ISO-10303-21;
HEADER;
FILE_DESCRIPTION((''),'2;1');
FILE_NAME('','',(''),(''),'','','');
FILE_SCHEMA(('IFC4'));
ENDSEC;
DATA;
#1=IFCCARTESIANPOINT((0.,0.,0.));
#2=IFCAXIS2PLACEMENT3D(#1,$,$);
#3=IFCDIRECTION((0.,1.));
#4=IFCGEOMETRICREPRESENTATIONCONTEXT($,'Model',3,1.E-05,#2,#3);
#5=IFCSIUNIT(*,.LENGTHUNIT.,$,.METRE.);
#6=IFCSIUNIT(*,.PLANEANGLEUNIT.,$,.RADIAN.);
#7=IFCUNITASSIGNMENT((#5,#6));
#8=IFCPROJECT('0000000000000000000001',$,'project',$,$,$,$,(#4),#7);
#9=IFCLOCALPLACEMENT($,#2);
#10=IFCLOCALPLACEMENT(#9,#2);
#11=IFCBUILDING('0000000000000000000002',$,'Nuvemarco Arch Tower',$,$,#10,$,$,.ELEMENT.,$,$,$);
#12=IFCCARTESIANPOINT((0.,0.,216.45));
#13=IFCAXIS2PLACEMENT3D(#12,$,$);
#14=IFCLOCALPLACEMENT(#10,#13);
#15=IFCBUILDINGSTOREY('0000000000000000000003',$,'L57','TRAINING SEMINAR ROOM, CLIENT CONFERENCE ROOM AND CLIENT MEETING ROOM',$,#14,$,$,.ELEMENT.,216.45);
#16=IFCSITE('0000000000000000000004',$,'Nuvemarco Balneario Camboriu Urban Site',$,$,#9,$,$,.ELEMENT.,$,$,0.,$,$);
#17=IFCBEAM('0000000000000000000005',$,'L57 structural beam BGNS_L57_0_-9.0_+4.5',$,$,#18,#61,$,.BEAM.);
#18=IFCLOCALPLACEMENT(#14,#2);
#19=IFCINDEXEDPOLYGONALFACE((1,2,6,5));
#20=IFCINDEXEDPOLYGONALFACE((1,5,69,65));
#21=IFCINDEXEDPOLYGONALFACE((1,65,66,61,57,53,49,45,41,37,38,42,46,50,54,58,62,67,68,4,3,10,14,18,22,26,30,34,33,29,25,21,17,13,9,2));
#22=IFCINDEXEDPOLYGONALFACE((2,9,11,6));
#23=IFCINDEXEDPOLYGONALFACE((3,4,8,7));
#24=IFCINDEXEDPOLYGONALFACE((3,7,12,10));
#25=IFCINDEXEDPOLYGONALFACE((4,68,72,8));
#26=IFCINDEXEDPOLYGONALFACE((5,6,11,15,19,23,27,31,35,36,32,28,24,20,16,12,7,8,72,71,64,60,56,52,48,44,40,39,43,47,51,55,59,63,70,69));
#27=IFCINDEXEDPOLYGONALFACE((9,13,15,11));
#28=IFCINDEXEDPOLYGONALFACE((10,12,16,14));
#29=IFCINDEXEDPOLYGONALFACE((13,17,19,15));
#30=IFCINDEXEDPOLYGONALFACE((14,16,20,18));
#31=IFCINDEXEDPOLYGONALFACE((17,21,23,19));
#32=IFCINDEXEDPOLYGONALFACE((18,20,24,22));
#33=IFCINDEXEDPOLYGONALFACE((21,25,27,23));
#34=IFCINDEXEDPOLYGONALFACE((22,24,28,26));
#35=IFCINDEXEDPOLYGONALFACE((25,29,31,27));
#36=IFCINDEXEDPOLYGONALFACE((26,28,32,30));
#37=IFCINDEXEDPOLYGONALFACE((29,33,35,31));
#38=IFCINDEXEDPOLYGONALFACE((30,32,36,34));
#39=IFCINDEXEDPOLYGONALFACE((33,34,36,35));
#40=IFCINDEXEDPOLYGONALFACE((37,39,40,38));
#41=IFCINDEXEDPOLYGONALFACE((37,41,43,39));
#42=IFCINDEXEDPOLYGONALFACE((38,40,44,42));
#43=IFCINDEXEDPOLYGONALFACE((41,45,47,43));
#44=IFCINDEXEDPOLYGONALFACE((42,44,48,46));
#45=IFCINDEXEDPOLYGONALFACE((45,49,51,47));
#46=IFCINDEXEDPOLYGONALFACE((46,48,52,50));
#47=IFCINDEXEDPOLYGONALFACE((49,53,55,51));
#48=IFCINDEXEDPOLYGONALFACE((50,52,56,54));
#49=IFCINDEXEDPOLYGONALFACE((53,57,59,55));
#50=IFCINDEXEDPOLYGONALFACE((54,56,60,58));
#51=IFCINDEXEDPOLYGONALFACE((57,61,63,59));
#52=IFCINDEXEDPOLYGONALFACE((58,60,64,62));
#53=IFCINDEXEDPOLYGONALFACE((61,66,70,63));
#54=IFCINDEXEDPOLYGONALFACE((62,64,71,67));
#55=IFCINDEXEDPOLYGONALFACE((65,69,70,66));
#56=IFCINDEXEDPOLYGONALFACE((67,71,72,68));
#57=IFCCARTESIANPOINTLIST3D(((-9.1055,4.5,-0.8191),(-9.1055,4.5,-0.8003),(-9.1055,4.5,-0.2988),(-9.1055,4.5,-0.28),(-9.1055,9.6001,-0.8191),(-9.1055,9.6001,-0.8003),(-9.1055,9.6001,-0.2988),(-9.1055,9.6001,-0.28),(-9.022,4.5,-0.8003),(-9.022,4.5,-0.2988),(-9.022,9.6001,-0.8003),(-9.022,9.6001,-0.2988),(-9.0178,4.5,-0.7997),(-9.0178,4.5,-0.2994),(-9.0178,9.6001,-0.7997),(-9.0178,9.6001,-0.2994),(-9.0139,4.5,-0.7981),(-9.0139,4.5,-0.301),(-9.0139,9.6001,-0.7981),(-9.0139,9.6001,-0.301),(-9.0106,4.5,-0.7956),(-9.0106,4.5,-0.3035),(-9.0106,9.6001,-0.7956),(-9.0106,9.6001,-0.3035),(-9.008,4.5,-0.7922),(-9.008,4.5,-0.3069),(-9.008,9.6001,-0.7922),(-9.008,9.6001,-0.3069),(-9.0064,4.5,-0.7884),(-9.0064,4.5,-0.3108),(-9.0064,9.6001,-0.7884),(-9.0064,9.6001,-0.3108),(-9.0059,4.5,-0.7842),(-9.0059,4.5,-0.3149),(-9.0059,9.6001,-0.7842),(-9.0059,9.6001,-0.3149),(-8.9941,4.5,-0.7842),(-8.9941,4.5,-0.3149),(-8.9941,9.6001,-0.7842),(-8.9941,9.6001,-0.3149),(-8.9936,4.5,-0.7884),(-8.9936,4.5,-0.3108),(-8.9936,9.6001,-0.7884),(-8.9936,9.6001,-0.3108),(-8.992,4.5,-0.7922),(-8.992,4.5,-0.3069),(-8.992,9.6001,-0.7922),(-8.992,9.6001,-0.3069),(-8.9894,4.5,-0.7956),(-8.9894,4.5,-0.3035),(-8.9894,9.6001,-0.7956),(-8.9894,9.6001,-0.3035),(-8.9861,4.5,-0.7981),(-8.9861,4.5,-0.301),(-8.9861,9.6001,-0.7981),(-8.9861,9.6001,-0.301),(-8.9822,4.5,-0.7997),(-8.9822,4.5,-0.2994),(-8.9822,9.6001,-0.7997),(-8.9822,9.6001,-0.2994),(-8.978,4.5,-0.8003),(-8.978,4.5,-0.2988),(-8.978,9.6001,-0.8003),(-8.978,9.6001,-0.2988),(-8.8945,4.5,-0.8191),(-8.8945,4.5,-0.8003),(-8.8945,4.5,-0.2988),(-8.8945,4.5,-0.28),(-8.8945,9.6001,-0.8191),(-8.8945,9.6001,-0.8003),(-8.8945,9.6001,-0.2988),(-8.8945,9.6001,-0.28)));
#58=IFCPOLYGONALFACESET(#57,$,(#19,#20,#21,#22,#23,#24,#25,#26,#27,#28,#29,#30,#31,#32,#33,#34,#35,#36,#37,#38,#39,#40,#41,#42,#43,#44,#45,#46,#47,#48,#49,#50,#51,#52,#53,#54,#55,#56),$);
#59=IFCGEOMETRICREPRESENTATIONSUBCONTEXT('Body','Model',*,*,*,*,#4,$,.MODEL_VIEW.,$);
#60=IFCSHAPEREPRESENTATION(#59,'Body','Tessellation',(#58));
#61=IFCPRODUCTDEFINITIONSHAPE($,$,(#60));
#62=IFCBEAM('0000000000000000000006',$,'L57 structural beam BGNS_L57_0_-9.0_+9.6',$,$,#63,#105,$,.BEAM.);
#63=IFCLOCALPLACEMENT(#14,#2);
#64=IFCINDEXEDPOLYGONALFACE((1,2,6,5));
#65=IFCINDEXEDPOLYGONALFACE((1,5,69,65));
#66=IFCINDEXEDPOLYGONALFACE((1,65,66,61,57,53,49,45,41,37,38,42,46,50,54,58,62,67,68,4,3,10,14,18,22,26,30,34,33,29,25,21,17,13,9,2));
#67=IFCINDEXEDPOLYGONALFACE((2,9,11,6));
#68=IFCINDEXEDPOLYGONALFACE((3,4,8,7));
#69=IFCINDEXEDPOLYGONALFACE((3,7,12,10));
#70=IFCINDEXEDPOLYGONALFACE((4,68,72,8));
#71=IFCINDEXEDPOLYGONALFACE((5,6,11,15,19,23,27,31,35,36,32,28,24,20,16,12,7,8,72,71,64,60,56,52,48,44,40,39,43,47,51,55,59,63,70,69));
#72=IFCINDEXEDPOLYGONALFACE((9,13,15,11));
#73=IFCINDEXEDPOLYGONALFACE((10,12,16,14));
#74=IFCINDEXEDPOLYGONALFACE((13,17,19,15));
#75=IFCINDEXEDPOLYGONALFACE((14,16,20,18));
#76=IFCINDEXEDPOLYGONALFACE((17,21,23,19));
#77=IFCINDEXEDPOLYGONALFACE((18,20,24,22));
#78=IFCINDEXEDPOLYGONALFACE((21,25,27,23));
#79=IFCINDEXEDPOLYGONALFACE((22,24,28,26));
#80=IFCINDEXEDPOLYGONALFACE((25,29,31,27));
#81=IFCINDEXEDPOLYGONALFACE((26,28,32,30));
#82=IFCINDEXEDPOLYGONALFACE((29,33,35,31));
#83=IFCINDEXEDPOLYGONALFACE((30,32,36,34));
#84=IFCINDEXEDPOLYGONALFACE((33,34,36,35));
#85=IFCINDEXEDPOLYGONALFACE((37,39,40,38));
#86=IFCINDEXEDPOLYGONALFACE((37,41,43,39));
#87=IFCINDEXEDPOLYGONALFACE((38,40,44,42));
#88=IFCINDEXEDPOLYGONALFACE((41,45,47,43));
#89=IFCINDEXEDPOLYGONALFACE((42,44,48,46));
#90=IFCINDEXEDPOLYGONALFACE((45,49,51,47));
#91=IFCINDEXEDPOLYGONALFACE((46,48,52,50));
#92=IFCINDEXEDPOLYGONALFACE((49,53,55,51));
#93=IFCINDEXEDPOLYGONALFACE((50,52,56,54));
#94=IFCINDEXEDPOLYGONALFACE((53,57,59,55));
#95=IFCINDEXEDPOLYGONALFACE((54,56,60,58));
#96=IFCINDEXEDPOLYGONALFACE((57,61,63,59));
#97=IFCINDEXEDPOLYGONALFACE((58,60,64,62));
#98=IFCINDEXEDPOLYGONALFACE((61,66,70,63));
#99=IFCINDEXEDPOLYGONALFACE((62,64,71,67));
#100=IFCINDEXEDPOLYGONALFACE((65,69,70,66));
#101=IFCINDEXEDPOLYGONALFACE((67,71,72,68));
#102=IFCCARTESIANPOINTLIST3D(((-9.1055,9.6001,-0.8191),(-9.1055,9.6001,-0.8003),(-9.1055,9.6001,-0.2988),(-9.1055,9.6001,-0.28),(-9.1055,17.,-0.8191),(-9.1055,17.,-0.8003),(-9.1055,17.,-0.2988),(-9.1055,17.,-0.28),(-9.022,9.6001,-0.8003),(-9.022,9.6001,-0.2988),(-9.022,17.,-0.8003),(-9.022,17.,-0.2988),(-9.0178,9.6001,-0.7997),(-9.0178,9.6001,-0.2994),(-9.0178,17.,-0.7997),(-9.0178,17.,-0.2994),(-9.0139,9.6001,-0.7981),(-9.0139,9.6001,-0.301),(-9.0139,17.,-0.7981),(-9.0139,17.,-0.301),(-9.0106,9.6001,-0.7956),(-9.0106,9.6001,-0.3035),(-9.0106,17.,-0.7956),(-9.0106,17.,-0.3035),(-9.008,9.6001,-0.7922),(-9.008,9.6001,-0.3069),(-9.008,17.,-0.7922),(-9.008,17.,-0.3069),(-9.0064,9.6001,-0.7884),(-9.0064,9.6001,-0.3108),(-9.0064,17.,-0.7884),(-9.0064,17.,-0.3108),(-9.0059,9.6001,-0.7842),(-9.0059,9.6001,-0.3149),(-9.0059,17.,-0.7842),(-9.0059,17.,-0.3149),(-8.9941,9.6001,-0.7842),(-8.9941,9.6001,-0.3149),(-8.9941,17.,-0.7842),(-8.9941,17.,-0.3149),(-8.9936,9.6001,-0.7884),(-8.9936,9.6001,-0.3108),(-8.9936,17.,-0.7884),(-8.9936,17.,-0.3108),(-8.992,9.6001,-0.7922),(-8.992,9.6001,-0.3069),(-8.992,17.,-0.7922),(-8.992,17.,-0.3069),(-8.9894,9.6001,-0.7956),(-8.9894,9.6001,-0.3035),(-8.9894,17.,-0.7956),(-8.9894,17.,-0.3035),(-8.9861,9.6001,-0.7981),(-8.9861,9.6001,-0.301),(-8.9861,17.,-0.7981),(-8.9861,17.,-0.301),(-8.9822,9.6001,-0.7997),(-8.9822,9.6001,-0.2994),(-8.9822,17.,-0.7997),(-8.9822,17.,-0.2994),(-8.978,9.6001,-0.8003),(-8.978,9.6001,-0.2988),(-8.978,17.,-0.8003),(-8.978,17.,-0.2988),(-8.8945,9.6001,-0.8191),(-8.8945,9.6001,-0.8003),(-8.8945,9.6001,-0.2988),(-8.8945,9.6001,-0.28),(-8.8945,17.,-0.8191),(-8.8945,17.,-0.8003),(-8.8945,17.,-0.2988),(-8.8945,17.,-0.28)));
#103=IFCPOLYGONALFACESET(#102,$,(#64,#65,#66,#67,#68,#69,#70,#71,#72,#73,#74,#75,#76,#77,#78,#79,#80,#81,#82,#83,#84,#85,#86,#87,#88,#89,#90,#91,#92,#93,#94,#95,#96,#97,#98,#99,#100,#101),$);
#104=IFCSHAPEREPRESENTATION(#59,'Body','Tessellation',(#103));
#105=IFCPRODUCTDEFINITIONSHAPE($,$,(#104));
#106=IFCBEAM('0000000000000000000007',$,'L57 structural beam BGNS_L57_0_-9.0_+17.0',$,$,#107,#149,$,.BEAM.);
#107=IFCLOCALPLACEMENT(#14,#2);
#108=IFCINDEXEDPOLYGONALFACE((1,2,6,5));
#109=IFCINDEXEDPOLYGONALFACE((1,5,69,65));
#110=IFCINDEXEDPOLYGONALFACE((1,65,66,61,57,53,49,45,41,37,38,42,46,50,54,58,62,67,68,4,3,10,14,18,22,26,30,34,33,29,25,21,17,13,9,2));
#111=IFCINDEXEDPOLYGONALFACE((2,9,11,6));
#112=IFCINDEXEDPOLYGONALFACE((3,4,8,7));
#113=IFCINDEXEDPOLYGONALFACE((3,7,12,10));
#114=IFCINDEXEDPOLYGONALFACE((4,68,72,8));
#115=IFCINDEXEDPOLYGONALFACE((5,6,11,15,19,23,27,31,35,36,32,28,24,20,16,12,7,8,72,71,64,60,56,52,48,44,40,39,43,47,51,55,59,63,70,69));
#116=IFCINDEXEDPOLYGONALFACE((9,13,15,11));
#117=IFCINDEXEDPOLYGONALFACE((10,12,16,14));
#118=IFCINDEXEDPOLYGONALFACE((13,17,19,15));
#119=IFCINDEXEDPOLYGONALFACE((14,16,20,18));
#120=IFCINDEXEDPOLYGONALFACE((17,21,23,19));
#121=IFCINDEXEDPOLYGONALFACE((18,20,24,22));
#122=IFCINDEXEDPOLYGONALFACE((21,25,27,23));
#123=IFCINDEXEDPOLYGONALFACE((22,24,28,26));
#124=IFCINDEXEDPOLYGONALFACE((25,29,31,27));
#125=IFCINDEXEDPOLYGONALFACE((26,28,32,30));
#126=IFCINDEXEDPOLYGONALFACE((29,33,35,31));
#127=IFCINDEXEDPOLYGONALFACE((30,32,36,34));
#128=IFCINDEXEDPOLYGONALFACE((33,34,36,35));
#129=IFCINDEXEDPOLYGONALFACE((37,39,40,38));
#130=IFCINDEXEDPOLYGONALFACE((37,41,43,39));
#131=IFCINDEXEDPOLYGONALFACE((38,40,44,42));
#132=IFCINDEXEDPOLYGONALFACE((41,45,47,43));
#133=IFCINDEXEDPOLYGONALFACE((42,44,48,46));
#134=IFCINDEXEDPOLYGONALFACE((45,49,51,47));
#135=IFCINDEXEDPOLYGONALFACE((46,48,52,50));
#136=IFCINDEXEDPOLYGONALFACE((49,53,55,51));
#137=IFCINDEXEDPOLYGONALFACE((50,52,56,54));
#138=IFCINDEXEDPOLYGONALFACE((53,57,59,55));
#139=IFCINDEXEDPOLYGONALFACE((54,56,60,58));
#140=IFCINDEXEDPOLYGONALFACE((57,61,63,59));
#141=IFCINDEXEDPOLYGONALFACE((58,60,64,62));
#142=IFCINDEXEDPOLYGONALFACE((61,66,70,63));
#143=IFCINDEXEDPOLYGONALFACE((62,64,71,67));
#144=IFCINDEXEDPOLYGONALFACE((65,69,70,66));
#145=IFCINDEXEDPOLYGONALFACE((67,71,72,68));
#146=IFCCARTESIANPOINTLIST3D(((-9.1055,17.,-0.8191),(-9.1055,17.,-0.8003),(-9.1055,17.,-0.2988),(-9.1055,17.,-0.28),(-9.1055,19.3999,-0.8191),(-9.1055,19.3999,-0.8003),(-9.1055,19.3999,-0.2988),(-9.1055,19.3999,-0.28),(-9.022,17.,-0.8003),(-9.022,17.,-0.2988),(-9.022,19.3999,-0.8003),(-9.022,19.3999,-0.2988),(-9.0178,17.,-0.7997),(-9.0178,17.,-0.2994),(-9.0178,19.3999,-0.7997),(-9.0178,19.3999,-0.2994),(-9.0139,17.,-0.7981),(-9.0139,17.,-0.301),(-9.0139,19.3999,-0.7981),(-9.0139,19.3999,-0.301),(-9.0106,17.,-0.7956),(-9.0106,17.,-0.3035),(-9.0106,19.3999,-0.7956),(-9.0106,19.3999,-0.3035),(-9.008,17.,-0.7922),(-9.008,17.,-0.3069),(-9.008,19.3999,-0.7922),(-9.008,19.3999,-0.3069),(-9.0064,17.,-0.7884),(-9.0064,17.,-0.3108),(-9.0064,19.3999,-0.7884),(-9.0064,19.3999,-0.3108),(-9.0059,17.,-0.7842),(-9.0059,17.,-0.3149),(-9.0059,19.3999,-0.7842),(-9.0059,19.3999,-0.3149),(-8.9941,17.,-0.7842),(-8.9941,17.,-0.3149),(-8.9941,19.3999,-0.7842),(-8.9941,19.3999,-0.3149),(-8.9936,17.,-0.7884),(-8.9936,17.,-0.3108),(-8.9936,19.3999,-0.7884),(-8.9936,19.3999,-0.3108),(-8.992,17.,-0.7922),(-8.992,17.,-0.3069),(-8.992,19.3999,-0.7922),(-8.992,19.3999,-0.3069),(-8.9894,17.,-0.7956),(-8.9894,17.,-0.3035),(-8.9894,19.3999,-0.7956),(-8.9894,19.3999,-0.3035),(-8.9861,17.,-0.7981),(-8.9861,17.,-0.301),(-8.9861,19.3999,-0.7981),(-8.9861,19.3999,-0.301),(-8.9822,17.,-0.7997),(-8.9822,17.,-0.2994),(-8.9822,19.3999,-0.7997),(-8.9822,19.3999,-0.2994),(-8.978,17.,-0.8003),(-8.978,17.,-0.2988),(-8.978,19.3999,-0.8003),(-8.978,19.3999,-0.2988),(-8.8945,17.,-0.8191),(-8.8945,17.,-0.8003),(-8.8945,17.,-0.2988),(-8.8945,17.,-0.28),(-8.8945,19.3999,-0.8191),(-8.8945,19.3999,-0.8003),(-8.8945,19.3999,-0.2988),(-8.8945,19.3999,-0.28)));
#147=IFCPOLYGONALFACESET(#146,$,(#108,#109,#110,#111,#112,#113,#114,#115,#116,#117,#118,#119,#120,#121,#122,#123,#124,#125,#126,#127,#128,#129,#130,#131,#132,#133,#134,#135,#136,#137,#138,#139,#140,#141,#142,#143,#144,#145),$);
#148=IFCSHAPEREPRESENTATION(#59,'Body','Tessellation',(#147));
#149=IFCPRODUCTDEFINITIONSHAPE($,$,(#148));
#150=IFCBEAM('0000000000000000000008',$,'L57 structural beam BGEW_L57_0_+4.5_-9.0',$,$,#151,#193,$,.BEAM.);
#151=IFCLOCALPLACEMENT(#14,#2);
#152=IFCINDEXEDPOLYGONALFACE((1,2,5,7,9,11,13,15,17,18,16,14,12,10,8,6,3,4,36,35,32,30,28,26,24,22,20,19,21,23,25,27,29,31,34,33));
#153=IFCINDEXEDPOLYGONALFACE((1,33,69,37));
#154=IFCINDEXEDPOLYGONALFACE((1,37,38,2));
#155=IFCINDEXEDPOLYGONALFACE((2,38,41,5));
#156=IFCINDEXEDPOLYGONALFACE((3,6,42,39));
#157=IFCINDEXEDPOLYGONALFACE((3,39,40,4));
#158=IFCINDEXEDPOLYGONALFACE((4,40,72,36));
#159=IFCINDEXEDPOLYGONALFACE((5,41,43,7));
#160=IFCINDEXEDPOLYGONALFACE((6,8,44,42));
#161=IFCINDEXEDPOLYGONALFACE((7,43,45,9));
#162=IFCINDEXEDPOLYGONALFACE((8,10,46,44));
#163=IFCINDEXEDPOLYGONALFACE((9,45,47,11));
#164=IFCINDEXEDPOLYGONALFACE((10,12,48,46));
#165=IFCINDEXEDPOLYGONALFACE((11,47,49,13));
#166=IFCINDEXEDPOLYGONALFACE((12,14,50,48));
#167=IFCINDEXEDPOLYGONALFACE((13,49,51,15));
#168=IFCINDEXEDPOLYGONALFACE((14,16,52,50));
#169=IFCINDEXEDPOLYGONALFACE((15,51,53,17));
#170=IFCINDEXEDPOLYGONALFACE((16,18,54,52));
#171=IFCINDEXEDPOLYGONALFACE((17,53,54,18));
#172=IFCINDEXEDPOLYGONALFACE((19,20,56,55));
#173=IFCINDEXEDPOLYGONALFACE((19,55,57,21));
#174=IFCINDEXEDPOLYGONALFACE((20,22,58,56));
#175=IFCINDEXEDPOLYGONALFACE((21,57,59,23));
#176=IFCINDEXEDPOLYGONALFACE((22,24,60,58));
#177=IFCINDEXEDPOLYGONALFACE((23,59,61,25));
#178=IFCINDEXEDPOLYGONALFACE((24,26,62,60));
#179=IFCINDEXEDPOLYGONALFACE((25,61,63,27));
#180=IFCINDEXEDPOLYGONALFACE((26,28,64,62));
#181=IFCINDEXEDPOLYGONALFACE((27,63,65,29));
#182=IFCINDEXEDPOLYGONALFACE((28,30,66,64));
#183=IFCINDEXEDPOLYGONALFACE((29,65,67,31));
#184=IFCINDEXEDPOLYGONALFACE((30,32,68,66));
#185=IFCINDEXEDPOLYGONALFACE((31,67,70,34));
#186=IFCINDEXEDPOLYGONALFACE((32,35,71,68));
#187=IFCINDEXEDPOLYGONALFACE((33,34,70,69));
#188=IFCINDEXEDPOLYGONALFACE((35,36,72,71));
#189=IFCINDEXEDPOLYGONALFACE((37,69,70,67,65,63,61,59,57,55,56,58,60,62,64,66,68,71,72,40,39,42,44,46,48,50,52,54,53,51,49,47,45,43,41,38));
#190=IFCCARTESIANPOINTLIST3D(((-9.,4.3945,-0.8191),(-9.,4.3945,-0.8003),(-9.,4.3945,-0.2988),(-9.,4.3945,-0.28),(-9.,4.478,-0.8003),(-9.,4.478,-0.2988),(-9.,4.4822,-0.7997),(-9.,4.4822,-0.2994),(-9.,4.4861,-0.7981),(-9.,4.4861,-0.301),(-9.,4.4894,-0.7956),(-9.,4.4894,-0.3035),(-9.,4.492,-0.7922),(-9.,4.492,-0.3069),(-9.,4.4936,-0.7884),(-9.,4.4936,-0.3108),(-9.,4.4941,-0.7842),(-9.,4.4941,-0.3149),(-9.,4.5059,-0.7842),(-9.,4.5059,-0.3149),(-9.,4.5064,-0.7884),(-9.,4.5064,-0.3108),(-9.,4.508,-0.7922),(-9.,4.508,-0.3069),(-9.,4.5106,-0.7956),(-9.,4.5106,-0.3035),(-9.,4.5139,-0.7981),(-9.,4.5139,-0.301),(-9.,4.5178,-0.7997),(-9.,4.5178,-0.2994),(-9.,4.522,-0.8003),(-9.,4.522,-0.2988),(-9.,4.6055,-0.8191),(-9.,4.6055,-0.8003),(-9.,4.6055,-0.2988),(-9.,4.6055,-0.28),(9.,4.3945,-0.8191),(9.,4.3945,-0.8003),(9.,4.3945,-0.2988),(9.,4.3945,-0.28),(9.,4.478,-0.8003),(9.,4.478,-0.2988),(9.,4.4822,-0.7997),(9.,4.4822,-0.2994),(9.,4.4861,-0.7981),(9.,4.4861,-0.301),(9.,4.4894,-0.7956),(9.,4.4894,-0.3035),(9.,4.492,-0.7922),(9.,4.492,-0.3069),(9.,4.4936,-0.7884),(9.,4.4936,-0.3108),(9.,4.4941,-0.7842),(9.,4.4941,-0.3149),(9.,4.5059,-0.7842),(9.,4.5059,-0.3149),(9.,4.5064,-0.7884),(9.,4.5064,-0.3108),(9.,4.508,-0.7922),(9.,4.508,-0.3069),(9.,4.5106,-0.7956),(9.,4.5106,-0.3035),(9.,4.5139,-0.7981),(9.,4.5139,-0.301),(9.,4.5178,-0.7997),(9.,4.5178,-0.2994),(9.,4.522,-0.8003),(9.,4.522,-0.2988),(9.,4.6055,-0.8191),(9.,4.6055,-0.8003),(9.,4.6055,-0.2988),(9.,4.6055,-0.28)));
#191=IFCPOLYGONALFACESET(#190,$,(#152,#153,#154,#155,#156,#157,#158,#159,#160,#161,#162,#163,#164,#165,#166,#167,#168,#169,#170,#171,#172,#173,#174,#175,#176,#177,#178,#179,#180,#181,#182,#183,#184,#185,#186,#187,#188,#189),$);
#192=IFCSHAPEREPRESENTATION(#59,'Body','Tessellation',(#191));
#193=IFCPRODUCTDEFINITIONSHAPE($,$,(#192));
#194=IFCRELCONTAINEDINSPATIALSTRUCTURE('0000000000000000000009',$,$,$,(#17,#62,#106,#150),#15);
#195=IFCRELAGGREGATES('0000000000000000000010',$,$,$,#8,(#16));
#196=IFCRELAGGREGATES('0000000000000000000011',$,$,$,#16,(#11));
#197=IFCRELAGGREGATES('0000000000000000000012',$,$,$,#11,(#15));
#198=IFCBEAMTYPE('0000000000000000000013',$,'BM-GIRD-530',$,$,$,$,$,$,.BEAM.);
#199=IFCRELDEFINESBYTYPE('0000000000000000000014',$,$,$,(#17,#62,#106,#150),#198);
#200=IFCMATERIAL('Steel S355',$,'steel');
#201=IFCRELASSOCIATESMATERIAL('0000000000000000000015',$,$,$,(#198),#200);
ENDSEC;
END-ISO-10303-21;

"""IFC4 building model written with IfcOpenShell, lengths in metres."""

from ifc_helpers import new_model, si_unit, direction, frame, origin, origin_2d, place, context, subcontext, project, spatial, i_section, extrude, material, material_profile, profile_set, type_object, element, save


model = new_model("IFC4")

# Units and contexts
model_context = context("Model", 3, precision=1e-05, world=origin(), true_north=direction((0.0, 1.0)))
body_context = subcontext(model_context, "Body", "Model", "MODEL_VIEW")
ifc_project = project(units=[si_unit("LENGTHUNIT", "METRE"), si_unit("PLANEANGLEUNIT", "RADIAN")], contexts=[model_context])

# Site, building, storey
site_placement = place(None, origin())
site = spatial("IfcSite", under=ifc_project, at=site_placement, Name="Nuvemarco Balneario Camboriu Urban Site", CompositionType="ELEMENT", RefElevation=0.0)
building_placement = place(site_placement, origin())
building = spatial("IfcBuilding", under=site, at=building_placement, Name="Nuvemarco Arch Tower", CompositionType="ELEMENT")
storey_placement = place(building_placement, frame((0.0, 0.0, 216.45)))
storey = spatial("IfcBuildingStorey", under=building, at=storey_placement, Name="L57", Description="TRAINING SEMINAR ROOM, CLIENT CONFERENCE ROOM AND CLIENT MEETING ROOM", CompositionType="ELEMENT", Elevation=216.45)

# Shared definitions
ifc_material_1 = material(Name="Steel S355", Category="steel")

# Beams
ifc_material_profile_1 = material_profile(ifc_material_1, i_section(OverallWidth=0.2109, OverallDepth=0.5391, WebThickness=0.0117, FlangeThickness=0.0188, FilletRadius=0.0161, at=origin_2d()), Name="W530x109")
ifc_profile_set_1 = profile_set([ifc_material_profile_1], Name="Steel S355")
beam_type_1 = type_object("IfcBeamType", Name="BM-GIRD-530", PredefinedType="BEAM", material=ifc_profile_set_1)
beam_1_placement = place(storey_placement, frame((-9.0, 4.5, -0.5496), z_axis=(0.0, 1.0, 0.0), x_axis=(-1.0, 0.0, 0.0)))
element("IfcBeam", 1, at=beam_1_placement, inside=storey, type_object=beam_type_1, Name="L57 structural beam BGNS_L57_0_-9.0_+4.5", PredefinedType="BEAM", context=body_context, shape_type="SweptSolid", body=[
    extrude(i_section(OverallWidth=0.2109, OverallDepth=0.5391, WebThickness=0.0117, FlangeThickness=0.0188, FilletRadius=0.0161, at=origin_2d()), origin(), (0.0, 0.0, 1.0), 5.1001),
])
beam_2_placement = place(storey_placement, frame((-9.0, 9.6001, -0.5496), z_axis=(0.0, 1.0, 0.0), x_axis=(-1.0, 0.0, 0.0)))
element("IfcBeam", 2, at=beam_2_placement, inside=storey, type_object=beam_type_1, Name="L57 structural beam BGNS_L57_0_-9.0_+9.6", PredefinedType="BEAM", context=body_context, shape_type="SweptSolid", body=[
    extrude(i_section(OverallWidth=0.2109, OverallDepth=0.5391, WebThickness=0.0117, FlangeThickness=0.0188, FilletRadius=0.0161, at=origin_2d()), origin(), (0.0, 0.0, 1.0), 7.3999),
])
beam_3_placement = place(storey_placement, frame((-9.0, 17.0, -0.5496), z_axis=(0.0, 1.0, 0.0), x_axis=(-1.0, 0.0, 0.0)))
element("IfcBeam", 3, at=beam_3_placement, inside=storey, type_object=beam_type_1, Name="L57 structural beam BGNS_L57_0_-9.0_+17.0", PredefinedType="BEAM", context=body_context, shape_type="SweptSolid", body=[
    extrude(i_section(OverallWidth=0.2109, OverallDepth=0.5391, WebThickness=0.0117, FlangeThickness=0.0188, FilletRadius=0.0161, at=origin_2d()), origin(), (0.0, 0.0, 1.0), 2.3999),
])
beam_4_placement = place(storey_placement, frame((-9.0, 4.5, -0.5496), z_axis=(1.0, 0.0, 0.0), x_axis=(0.0, 1.0, 0.0)))
element("IfcBeam", 4, at=beam_4_placement, inside=storey, type_object=beam_type_1, Name="L57 structural beam BGEW_L57_0_+4.5_-9.0", PredefinedType="BEAM", context=body_context, shape_type="SweptSolid", body=[
    extrude(i_section(OverallWidth=0.2109, OverallDepth=0.5391, WebThickness=0.0117, FlangeThickness=0.0188, FilletRadius=0.0161, at=origin_2d()), origin(), (0.0, 0.0, 1.0), 18.0),
])

save(model, "model.ifc")
